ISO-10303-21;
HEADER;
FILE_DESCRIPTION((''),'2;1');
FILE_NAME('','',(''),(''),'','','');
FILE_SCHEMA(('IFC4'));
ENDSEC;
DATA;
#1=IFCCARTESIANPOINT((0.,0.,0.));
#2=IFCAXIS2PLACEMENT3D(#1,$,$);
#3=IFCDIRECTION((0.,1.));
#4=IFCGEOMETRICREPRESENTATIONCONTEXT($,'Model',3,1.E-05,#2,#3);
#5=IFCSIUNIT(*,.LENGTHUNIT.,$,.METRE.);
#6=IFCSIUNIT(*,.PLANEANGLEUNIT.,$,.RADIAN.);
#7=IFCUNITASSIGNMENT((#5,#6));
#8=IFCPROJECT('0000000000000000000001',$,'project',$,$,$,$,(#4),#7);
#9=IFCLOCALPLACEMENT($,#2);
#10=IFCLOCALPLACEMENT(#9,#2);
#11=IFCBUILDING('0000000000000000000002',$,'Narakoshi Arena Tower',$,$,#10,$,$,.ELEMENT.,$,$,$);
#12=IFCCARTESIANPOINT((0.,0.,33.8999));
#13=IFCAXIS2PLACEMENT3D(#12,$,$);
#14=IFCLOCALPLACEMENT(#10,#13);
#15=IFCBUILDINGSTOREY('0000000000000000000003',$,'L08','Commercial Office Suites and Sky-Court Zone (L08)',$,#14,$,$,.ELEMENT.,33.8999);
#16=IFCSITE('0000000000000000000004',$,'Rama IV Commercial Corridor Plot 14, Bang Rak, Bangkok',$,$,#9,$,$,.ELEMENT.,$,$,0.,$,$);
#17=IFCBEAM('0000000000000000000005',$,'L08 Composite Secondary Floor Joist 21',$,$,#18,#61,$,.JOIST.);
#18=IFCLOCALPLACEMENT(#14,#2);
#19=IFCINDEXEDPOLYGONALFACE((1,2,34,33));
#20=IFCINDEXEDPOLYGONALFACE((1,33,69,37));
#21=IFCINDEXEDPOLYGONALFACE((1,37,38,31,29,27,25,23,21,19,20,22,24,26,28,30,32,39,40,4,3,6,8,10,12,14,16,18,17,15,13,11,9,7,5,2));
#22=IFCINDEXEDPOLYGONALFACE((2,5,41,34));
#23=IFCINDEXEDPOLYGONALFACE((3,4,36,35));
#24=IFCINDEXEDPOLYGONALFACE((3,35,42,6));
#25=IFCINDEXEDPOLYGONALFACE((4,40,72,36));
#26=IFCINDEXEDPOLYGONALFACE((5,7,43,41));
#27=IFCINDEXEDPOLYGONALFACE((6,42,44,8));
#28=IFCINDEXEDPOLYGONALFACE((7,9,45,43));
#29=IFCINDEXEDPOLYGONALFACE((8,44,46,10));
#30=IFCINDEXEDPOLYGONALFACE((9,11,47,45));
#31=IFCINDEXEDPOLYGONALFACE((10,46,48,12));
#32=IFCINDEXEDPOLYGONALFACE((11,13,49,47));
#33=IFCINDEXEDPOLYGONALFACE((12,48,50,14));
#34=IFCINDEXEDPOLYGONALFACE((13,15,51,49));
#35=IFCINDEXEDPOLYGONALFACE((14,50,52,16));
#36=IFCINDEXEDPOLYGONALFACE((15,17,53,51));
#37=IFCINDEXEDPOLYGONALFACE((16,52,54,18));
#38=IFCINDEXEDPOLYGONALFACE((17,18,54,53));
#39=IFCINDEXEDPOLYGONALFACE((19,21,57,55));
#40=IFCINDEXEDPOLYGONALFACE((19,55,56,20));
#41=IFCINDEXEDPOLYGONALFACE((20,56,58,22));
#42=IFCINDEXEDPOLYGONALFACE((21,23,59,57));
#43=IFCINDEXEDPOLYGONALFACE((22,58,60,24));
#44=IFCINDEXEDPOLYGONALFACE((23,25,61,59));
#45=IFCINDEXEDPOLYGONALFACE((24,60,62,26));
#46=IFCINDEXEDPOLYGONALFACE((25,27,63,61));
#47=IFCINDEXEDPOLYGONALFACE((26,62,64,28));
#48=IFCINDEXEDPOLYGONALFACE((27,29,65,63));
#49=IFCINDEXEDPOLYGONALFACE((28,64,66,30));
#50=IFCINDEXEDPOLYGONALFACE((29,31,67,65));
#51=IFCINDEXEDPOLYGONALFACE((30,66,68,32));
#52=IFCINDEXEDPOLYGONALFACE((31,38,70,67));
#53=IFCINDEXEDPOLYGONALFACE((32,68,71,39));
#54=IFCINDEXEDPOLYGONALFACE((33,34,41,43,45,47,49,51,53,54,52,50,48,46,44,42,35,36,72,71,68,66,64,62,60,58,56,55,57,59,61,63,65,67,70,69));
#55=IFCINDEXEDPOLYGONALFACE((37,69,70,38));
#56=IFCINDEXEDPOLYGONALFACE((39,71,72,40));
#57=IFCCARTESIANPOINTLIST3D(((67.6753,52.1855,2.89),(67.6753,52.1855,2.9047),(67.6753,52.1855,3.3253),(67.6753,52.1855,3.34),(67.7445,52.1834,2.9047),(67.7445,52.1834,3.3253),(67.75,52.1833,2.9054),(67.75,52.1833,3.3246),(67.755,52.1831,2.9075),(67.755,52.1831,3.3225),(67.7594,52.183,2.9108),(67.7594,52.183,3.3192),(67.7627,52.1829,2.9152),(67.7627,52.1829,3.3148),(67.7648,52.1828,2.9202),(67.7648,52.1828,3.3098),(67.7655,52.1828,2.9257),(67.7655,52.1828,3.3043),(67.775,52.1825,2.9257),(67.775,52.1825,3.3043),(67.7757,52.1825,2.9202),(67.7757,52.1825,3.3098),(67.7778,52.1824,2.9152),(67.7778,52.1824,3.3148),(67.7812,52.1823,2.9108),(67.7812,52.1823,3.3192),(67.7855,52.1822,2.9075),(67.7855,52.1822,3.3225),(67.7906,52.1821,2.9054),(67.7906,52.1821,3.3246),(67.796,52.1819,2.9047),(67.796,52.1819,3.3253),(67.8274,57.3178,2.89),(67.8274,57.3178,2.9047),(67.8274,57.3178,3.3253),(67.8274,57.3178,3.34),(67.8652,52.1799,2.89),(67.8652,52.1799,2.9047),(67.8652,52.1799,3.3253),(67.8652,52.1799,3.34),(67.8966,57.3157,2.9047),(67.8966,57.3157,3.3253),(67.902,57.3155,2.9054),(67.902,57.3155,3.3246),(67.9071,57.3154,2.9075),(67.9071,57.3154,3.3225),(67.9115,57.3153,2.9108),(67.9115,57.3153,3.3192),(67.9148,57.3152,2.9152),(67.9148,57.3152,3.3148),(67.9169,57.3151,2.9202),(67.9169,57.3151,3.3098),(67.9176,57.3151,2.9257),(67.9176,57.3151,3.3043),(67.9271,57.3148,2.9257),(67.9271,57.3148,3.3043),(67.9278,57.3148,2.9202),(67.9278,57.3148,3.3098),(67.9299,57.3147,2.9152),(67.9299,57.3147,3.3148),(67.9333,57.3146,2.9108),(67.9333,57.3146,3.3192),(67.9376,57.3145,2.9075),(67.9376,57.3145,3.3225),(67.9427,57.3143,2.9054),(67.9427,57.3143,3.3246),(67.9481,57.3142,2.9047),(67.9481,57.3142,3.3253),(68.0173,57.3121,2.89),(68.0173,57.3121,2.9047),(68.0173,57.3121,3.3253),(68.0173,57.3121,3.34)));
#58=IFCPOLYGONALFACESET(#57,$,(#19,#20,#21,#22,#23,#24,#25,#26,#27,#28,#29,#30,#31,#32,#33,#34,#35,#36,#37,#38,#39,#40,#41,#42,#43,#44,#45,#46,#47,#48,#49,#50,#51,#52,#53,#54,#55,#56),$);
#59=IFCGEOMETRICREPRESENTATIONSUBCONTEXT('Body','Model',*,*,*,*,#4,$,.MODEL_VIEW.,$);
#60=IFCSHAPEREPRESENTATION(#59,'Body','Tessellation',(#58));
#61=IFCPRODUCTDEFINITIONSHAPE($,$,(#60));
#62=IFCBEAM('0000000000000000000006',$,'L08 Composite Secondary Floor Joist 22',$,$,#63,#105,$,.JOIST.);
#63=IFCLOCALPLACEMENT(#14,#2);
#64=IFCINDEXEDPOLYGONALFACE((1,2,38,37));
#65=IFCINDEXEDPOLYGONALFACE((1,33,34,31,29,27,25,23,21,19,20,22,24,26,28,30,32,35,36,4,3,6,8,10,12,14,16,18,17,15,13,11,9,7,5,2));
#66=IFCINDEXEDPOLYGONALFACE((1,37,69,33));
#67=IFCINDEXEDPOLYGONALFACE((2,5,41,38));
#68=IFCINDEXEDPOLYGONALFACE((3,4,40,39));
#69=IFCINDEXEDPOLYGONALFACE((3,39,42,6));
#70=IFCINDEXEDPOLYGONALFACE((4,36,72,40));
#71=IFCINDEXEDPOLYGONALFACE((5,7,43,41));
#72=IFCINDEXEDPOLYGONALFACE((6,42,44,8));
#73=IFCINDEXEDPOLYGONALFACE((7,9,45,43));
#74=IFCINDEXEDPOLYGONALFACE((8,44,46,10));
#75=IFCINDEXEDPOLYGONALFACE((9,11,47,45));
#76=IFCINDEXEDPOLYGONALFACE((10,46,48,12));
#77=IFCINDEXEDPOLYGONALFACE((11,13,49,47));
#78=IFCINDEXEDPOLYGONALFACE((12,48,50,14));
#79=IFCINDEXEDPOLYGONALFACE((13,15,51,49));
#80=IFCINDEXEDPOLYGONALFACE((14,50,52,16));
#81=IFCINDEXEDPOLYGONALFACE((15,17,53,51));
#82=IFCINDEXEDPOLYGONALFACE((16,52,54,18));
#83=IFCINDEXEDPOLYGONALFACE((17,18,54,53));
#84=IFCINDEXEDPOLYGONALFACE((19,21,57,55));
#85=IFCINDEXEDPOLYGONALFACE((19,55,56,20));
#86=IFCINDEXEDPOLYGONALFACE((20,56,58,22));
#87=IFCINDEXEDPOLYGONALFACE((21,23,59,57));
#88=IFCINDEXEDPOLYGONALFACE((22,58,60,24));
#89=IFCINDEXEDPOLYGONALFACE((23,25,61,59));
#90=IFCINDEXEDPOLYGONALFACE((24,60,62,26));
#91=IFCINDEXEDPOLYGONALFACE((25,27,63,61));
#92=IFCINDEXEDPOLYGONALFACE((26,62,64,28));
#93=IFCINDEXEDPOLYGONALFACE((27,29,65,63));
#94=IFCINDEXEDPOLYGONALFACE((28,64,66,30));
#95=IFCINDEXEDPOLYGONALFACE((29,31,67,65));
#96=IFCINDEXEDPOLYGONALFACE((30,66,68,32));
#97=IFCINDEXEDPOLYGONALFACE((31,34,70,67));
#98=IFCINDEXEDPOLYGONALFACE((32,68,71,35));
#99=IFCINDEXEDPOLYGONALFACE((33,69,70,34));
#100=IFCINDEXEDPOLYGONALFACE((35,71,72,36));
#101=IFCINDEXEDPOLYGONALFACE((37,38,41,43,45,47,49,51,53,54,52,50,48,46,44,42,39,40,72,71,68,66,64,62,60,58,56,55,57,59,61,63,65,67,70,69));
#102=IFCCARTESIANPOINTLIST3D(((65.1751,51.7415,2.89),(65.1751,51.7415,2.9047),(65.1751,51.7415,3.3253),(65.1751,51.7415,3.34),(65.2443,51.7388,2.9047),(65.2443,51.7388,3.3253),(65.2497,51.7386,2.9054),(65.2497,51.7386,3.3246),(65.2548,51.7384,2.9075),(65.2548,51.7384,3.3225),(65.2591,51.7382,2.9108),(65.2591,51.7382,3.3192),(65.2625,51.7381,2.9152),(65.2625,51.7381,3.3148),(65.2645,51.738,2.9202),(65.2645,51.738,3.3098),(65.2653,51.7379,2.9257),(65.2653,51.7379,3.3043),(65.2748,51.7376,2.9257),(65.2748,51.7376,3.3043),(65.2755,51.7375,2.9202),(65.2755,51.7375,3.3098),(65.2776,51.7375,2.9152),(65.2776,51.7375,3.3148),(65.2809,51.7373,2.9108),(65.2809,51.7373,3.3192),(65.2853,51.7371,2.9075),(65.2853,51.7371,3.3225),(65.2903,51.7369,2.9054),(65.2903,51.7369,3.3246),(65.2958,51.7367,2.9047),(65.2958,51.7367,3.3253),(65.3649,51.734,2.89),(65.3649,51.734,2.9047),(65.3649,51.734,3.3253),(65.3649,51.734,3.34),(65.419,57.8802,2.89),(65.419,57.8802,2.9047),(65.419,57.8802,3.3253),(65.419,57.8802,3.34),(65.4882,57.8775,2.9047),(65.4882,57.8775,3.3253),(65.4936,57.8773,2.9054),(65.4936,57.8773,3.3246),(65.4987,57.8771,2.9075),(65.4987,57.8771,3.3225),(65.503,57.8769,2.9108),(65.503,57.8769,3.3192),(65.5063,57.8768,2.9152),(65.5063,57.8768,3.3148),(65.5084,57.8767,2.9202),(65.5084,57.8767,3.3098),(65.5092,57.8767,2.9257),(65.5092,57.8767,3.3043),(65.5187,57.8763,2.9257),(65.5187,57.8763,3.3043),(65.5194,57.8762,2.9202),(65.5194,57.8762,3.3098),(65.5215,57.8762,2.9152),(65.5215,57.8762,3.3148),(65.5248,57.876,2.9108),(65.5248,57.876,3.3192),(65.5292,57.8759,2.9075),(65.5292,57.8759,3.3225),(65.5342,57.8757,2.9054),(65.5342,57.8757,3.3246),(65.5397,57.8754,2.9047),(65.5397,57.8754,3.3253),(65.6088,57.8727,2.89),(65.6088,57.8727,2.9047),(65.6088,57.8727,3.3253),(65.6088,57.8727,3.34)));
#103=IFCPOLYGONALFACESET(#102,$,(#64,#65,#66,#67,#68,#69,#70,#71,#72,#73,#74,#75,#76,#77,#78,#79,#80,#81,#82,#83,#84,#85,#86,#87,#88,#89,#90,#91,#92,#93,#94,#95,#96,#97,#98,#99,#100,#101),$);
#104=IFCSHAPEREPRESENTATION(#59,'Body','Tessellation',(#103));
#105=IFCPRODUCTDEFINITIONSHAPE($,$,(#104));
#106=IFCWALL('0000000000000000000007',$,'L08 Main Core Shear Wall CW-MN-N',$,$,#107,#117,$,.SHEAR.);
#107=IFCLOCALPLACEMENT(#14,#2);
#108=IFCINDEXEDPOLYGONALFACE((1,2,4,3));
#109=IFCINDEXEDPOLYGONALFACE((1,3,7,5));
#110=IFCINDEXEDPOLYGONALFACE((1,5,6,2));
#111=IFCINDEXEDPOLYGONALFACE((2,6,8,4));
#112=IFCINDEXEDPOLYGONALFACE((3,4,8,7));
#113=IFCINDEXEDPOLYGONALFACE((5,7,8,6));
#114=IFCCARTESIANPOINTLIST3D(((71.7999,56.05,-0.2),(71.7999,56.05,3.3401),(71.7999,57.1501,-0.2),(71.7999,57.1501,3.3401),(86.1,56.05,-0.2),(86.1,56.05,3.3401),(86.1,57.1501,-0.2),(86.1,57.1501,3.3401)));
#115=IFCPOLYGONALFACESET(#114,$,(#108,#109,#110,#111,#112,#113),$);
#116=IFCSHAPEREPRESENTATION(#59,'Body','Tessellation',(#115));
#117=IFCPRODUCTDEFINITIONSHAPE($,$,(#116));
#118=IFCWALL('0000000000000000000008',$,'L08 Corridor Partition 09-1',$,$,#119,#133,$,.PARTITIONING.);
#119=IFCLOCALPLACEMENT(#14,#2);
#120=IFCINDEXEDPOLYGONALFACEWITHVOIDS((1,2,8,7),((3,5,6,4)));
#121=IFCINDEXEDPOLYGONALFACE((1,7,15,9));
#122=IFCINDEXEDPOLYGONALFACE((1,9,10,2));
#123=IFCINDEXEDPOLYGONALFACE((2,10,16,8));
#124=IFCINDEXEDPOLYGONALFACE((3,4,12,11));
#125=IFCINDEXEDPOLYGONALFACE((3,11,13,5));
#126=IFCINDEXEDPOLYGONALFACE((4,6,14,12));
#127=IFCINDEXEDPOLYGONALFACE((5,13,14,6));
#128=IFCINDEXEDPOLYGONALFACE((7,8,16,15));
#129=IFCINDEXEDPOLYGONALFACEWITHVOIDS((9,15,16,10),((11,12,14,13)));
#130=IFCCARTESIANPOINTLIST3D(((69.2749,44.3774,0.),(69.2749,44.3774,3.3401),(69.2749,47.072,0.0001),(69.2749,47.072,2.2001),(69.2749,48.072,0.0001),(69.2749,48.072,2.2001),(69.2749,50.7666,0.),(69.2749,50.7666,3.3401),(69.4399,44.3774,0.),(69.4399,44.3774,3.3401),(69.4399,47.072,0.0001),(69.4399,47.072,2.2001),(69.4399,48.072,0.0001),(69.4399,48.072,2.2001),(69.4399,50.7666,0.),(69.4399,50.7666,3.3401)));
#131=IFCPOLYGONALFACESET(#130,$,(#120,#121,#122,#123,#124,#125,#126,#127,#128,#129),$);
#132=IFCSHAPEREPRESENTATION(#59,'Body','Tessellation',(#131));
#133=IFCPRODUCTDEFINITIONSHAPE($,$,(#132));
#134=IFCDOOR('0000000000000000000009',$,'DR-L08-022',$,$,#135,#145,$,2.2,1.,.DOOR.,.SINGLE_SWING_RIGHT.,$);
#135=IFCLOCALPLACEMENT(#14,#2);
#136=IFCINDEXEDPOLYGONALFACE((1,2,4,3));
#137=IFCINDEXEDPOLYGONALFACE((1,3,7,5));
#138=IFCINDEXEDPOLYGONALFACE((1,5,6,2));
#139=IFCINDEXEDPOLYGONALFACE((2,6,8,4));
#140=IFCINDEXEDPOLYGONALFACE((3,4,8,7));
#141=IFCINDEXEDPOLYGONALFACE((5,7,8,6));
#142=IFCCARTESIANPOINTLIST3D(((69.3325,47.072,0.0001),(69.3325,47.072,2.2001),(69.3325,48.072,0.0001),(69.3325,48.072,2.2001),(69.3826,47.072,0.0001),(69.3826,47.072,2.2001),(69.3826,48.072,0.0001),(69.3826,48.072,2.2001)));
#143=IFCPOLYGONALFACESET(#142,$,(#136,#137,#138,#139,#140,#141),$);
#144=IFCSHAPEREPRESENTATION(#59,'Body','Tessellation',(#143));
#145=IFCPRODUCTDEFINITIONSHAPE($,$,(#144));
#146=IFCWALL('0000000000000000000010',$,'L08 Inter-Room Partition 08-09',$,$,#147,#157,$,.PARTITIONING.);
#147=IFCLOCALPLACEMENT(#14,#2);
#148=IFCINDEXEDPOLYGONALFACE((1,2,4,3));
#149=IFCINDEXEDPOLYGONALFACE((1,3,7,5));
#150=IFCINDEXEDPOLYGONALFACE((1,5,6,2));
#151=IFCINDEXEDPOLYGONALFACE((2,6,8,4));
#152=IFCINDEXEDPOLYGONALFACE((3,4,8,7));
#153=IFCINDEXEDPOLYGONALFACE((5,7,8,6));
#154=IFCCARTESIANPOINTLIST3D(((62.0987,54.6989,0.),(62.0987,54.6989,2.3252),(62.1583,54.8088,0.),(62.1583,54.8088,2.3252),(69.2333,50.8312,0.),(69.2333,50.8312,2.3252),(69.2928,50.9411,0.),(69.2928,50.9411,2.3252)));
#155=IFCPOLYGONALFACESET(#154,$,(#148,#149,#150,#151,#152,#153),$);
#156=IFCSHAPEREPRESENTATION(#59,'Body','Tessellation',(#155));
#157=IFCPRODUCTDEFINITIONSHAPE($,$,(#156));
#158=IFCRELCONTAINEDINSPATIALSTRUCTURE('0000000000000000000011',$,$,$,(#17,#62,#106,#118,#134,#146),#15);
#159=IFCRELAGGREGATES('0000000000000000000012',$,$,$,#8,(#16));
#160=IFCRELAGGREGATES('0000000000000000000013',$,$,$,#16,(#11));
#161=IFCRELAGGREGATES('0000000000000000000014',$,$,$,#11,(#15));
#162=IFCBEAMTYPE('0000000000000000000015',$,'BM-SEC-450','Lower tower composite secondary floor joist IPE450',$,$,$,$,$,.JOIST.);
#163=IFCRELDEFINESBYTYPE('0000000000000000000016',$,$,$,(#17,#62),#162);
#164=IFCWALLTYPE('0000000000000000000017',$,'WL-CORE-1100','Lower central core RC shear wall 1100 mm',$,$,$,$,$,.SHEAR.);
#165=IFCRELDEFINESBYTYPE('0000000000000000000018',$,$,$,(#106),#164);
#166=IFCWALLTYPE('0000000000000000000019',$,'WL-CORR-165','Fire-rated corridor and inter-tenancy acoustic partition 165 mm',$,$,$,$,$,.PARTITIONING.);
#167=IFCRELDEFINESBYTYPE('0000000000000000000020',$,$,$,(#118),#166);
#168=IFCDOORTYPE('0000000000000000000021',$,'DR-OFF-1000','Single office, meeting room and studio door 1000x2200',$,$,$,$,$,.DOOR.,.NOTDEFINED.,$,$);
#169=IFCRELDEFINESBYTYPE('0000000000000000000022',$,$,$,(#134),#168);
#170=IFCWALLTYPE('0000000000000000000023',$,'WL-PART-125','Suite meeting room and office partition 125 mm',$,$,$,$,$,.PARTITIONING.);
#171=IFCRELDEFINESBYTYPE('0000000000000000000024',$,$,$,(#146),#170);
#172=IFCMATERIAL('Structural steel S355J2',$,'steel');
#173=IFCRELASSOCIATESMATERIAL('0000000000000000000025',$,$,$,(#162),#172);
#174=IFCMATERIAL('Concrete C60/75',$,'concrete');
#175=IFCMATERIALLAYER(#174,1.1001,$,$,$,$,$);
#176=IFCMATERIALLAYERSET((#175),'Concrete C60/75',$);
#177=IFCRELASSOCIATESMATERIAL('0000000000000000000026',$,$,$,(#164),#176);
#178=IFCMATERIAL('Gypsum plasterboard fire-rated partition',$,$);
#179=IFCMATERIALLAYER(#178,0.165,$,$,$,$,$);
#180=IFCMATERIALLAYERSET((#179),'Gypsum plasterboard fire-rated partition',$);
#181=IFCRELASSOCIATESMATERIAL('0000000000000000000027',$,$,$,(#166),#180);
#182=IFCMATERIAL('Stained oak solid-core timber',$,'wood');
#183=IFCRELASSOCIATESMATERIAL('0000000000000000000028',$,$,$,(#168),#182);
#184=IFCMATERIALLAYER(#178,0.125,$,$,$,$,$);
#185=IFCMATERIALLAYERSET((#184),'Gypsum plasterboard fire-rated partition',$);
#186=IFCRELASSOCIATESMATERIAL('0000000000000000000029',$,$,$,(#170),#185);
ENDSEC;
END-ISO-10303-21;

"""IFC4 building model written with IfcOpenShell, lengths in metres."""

from ifc_helpers import new_model, si_unit, direction, frame, frame_2d, origin, origin_2d, place, context, subcontext, project, spatial, rectangle, i_section, extrude, material, layer, layer_set, material_profile, profile_set, type_object, element, fill, save


model = new_model("IFC4")

# Units and contexts
model_context = context("Model", 3, precision=1e-05, world=origin(), true_north=direction((0.0, 1.0)))
body_context = subcontext(model_context, "Body", "Model", "MODEL_VIEW")
ifc_project = project(units=[si_unit("LENGTHUNIT", "METRE"), si_unit("PLANEANGLEUNIT", "RADIAN")], contexts=[model_context])

# Site, building, storey
site_placement = place(None, origin())
site = spatial("IfcSite", under=ifc_project, at=site_placement, Name="Rama IV Commercial Corridor Plot 14, Bang Rak, Bangkok", CompositionType="ELEMENT", RefElevation=0.0)
building_placement = place(site_placement, origin())
building = spatial("IfcBuilding", under=site, at=building_placement, Name="Narakoshi Arena Tower", CompositionType="ELEMENT")
storey_placement = place(building_placement, frame((0.0, 0.0, 33.8999)))
storey = spatial("IfcBuildingStorey", under=building, at=storey_placement, Name="L08", Description="Commercial Office Suites and Sky-Court Zone (L08)", CompositionType="ELEMENT", Elevation=33.8999)

# Shared definitions
ifc_material_1 = material(Name="Concrete C60/75", Category="concrete")

# Beams
ifc_material_2 = material(Name="Structural steel S355J2", Category="steel")
ifc_material_profile_1 = material_profile(ifc_material_2, i_section(OverallWidth=0.1899, OverallDepth=0.45, WebThickness=0.0095, FlangeThickness=0.0146, FilletRadius=0.021, at=origin_2d()), Name="IPE450")
ifc_profile_set_1 = profile_set([ifc_material_profile_1], Name="Structural steel S355J2")
beam_type_1 = type_object("IfcBeamType", Name="BM-SEC-450", Description="Lower tower composite secondary floor joist IPE450", PredefinedType="JOIST", material=ifc_profile_set_1)
beam_1_placement = place(storey_placement, frame((67.9224, 57.3149, 3.115), z_axis=(-0.029623, -0.999561, 0.0), x_axis=(0.999561, -0.029623, 0.0)))
element("IfcBeam", 1, at=beam_1_placement, inside=storey, type_object=beam_type_1, Name="L08 Composite Secondary Floor Joist 21", PredefinedType="JOIST", context=body_context, shape_type="SweptSolid", body=[
    extrude(i_section(OverallWidth=0.1899, OverallDepth=0.45, WebThickness=0.0095, FlangeThickness=0.0146, FilletRadius=0.021, at=origin_2d()), origin(), (0.0, 0.0, 1.0), 5.1345),
])
beam_2_placement = place(storey_placement, frame((65.5139, 57.8765, 3.115), z_axis=(-0.0397, -0.999212, 0.0), x_axis=(0.999212, -0.0397, 0.0)))
element("IfcBeam", 2, at=beam_2_placement, inside=storey, type_object=beam_type_1, Name="L08 Composite Secondary Floor Joist 22", PredefinedType="JOIST", context=body_context, shape_type="SweptSolid", body=[
    extrude(i_section(OverallWidth=0.1899, OverallDepth=0.45, WebThickness=0.0095, FlangeThickness=0.0146, FilletRadius=0.021, at=origin_2d()), origin(), (0.0, 0.0, 1.0), 6.1436),
])

# Wall
ifc_layer_1 = layer(ifc_material_1, 1.1001)
ifc_layer_set_1 = layer_set([ifc_layer_1], Name="Concrete C60/75")
wall_type_1 = type_object("IfcWallType", Name="WL-CORE-1100", Description="Lower central core RC shear wall 1100 mm", PredefinedType="SHEAR", material=ifc_layer_set_1)
wall_1_placement = place(storey_placement, frame((71.8, 56.6001, -0.2), z_axis=(0.0, 0.0, 1.0), x_axis=(1.0, 0.0, 0.0)))
element("IfcWall", 3, at=wall_1_placement, inside=storey, type_object=wall_type_1, Name="L08 Main Core Shear Wall CW-MN-N", PredefinedType="SHEAR", context=body_context, shape_type="SweptSolid", body=[
    extrude(rectangle(XDim=14.3, YDim=1.1001, at=frame_2d((7.1499, 0.0))), origin(), (0.0, 0.0, 1.0), 3.54),
])

# Wall, opening, door
ifc_material_3 = material(Name="Gypsum plasterboard fire-rated partition")
ifc_layer_2 = layer(ifc_material_3, 0.165)
ifc_layer_set_2 = layer_set([ifc_layer_2], Name="Gypsum plasterboard fire-rated partition")
wall_type_2 = type_object("IfcWallType", Name="WL-CORR-165", Description="Fire-rated corridor and inter-tenancy acoustic partition 165 mm", PredefinedType="PARTITIONING", material=ifc_layer_set_2)
wall_2_placement = place(storey_placement, frame((69.3574, 50.7666, 0.0), z_axis=(0.0, 0.0, 1.0), x_axis=(0.0, -1.0, 0.0)))
wall_2 = element("IfcWall", 4, at=wall_2_placement, inside=storey, type_object=wall_type_2, Name="L08 Corridor Partition 09-1", PredefinedType="PARTITIONING", context=body_context, shape_type="SweptSolid", body=[
    extrude(rectangle(XDim=6.3892, YDim=0.165, at=frame_2d((3.1946, 0.0))), origin(), (0.0, 0.0, 1.0), 3.3401),
])
opening_1_placement = place(wall_2_placement, frame((2.6946, 0.0, 0.0)))
opening_1 = element("IfcOpeningElement", 5, at=opening_1_placement, cuts=wall_2, PredefinedType="OPENING", context=body_context, shape_type="SweptSolid", body=[
    extrude(rectangle(XDim=1.0, YDim=2.2, at=frame_2d((0.5, 1.1001))), frame((0.0, 0.0925, 0.0), z_axis=(0.0, -1.0, 0.0), x_axis=(1.0, 0.0, 0.0)), (0.0, 0.0, 1.0), 0.1851),
])
ifc_material_4 = material(Name="Stained oak solid-core timber", Category="wood")
door_type = type_object("IfcDoorType", Name="DR-OFF-1000", Description="Single office, meeting room and studio door 1000x2200", OperationType="NOTDEFINED", PredefinedType="DOOR", material=ifc_material_4)
door_placement = place(opening_1_placement, frame((1.0, 0.0, 0.0), z_axis=(0.0, 0.0, 1.0), x_axis=(-1.0, 0.0, 0.0)))
door = element("IfcDoor", 6, at=door_placement, inside=storey, type_object=door_type, Name="DR-L08-022", OperationType="SINGLE_SWING_RIGHT", OverallHeight=2.2, OverallWidth=1.0, PredefinedType="DOOR", context=body_context, shape_type="SweptSolid", body=[
    extrude(rectangle(XDim=1.0, YDim=2.2, at=frame_2d((0.5, 1.1001))), frame((0.0, 0.0249, 0.0), z_axis=(0.0, -1.0, 0.0), x_axis=(1.0, 0.0, 0.0)), (0.0, 0.0, 1.0), 0.05),
])
fill(opening_1, door)

# Wall
ifc_layer_3 = layer(ifc_material_3, 0.125)
ifc_layer_set_3 = layer_set([ifc_layer_3], Name="Gypsum plasterboard fire-rated partition")
wall_type_3 = type_object("IfcWallType", Name="WL-PART-125", Description="Suite meeting room and office partition 125 mm", PredefinedType="PARTITIONING", material=ifc_layer_set_3)
wall_3_placement = place(storey_placement, frame((69.2629, 50.8862, 0.0), z_axis=(0.0, 0.0, 1.0), x_axis=(-0.87913, 0.476583, 0.0)))
element("IfcWall", 7, at=wall_3_placement, inside=storey, type_object=wall_type_3, Name="L08 Inter-Room Partition 08-09", PredefinedType="PARTITIONING", context=body_context, shape_type="SweptSolid", body=[
    extrude(rectangle(XDim=8.1155, YDim=0.125, at=frame_2d((4.0576, 0.0))), origin(), (0.0, 0.0, 1.0), 2.3252),
])

save(model, "model.ifc")
